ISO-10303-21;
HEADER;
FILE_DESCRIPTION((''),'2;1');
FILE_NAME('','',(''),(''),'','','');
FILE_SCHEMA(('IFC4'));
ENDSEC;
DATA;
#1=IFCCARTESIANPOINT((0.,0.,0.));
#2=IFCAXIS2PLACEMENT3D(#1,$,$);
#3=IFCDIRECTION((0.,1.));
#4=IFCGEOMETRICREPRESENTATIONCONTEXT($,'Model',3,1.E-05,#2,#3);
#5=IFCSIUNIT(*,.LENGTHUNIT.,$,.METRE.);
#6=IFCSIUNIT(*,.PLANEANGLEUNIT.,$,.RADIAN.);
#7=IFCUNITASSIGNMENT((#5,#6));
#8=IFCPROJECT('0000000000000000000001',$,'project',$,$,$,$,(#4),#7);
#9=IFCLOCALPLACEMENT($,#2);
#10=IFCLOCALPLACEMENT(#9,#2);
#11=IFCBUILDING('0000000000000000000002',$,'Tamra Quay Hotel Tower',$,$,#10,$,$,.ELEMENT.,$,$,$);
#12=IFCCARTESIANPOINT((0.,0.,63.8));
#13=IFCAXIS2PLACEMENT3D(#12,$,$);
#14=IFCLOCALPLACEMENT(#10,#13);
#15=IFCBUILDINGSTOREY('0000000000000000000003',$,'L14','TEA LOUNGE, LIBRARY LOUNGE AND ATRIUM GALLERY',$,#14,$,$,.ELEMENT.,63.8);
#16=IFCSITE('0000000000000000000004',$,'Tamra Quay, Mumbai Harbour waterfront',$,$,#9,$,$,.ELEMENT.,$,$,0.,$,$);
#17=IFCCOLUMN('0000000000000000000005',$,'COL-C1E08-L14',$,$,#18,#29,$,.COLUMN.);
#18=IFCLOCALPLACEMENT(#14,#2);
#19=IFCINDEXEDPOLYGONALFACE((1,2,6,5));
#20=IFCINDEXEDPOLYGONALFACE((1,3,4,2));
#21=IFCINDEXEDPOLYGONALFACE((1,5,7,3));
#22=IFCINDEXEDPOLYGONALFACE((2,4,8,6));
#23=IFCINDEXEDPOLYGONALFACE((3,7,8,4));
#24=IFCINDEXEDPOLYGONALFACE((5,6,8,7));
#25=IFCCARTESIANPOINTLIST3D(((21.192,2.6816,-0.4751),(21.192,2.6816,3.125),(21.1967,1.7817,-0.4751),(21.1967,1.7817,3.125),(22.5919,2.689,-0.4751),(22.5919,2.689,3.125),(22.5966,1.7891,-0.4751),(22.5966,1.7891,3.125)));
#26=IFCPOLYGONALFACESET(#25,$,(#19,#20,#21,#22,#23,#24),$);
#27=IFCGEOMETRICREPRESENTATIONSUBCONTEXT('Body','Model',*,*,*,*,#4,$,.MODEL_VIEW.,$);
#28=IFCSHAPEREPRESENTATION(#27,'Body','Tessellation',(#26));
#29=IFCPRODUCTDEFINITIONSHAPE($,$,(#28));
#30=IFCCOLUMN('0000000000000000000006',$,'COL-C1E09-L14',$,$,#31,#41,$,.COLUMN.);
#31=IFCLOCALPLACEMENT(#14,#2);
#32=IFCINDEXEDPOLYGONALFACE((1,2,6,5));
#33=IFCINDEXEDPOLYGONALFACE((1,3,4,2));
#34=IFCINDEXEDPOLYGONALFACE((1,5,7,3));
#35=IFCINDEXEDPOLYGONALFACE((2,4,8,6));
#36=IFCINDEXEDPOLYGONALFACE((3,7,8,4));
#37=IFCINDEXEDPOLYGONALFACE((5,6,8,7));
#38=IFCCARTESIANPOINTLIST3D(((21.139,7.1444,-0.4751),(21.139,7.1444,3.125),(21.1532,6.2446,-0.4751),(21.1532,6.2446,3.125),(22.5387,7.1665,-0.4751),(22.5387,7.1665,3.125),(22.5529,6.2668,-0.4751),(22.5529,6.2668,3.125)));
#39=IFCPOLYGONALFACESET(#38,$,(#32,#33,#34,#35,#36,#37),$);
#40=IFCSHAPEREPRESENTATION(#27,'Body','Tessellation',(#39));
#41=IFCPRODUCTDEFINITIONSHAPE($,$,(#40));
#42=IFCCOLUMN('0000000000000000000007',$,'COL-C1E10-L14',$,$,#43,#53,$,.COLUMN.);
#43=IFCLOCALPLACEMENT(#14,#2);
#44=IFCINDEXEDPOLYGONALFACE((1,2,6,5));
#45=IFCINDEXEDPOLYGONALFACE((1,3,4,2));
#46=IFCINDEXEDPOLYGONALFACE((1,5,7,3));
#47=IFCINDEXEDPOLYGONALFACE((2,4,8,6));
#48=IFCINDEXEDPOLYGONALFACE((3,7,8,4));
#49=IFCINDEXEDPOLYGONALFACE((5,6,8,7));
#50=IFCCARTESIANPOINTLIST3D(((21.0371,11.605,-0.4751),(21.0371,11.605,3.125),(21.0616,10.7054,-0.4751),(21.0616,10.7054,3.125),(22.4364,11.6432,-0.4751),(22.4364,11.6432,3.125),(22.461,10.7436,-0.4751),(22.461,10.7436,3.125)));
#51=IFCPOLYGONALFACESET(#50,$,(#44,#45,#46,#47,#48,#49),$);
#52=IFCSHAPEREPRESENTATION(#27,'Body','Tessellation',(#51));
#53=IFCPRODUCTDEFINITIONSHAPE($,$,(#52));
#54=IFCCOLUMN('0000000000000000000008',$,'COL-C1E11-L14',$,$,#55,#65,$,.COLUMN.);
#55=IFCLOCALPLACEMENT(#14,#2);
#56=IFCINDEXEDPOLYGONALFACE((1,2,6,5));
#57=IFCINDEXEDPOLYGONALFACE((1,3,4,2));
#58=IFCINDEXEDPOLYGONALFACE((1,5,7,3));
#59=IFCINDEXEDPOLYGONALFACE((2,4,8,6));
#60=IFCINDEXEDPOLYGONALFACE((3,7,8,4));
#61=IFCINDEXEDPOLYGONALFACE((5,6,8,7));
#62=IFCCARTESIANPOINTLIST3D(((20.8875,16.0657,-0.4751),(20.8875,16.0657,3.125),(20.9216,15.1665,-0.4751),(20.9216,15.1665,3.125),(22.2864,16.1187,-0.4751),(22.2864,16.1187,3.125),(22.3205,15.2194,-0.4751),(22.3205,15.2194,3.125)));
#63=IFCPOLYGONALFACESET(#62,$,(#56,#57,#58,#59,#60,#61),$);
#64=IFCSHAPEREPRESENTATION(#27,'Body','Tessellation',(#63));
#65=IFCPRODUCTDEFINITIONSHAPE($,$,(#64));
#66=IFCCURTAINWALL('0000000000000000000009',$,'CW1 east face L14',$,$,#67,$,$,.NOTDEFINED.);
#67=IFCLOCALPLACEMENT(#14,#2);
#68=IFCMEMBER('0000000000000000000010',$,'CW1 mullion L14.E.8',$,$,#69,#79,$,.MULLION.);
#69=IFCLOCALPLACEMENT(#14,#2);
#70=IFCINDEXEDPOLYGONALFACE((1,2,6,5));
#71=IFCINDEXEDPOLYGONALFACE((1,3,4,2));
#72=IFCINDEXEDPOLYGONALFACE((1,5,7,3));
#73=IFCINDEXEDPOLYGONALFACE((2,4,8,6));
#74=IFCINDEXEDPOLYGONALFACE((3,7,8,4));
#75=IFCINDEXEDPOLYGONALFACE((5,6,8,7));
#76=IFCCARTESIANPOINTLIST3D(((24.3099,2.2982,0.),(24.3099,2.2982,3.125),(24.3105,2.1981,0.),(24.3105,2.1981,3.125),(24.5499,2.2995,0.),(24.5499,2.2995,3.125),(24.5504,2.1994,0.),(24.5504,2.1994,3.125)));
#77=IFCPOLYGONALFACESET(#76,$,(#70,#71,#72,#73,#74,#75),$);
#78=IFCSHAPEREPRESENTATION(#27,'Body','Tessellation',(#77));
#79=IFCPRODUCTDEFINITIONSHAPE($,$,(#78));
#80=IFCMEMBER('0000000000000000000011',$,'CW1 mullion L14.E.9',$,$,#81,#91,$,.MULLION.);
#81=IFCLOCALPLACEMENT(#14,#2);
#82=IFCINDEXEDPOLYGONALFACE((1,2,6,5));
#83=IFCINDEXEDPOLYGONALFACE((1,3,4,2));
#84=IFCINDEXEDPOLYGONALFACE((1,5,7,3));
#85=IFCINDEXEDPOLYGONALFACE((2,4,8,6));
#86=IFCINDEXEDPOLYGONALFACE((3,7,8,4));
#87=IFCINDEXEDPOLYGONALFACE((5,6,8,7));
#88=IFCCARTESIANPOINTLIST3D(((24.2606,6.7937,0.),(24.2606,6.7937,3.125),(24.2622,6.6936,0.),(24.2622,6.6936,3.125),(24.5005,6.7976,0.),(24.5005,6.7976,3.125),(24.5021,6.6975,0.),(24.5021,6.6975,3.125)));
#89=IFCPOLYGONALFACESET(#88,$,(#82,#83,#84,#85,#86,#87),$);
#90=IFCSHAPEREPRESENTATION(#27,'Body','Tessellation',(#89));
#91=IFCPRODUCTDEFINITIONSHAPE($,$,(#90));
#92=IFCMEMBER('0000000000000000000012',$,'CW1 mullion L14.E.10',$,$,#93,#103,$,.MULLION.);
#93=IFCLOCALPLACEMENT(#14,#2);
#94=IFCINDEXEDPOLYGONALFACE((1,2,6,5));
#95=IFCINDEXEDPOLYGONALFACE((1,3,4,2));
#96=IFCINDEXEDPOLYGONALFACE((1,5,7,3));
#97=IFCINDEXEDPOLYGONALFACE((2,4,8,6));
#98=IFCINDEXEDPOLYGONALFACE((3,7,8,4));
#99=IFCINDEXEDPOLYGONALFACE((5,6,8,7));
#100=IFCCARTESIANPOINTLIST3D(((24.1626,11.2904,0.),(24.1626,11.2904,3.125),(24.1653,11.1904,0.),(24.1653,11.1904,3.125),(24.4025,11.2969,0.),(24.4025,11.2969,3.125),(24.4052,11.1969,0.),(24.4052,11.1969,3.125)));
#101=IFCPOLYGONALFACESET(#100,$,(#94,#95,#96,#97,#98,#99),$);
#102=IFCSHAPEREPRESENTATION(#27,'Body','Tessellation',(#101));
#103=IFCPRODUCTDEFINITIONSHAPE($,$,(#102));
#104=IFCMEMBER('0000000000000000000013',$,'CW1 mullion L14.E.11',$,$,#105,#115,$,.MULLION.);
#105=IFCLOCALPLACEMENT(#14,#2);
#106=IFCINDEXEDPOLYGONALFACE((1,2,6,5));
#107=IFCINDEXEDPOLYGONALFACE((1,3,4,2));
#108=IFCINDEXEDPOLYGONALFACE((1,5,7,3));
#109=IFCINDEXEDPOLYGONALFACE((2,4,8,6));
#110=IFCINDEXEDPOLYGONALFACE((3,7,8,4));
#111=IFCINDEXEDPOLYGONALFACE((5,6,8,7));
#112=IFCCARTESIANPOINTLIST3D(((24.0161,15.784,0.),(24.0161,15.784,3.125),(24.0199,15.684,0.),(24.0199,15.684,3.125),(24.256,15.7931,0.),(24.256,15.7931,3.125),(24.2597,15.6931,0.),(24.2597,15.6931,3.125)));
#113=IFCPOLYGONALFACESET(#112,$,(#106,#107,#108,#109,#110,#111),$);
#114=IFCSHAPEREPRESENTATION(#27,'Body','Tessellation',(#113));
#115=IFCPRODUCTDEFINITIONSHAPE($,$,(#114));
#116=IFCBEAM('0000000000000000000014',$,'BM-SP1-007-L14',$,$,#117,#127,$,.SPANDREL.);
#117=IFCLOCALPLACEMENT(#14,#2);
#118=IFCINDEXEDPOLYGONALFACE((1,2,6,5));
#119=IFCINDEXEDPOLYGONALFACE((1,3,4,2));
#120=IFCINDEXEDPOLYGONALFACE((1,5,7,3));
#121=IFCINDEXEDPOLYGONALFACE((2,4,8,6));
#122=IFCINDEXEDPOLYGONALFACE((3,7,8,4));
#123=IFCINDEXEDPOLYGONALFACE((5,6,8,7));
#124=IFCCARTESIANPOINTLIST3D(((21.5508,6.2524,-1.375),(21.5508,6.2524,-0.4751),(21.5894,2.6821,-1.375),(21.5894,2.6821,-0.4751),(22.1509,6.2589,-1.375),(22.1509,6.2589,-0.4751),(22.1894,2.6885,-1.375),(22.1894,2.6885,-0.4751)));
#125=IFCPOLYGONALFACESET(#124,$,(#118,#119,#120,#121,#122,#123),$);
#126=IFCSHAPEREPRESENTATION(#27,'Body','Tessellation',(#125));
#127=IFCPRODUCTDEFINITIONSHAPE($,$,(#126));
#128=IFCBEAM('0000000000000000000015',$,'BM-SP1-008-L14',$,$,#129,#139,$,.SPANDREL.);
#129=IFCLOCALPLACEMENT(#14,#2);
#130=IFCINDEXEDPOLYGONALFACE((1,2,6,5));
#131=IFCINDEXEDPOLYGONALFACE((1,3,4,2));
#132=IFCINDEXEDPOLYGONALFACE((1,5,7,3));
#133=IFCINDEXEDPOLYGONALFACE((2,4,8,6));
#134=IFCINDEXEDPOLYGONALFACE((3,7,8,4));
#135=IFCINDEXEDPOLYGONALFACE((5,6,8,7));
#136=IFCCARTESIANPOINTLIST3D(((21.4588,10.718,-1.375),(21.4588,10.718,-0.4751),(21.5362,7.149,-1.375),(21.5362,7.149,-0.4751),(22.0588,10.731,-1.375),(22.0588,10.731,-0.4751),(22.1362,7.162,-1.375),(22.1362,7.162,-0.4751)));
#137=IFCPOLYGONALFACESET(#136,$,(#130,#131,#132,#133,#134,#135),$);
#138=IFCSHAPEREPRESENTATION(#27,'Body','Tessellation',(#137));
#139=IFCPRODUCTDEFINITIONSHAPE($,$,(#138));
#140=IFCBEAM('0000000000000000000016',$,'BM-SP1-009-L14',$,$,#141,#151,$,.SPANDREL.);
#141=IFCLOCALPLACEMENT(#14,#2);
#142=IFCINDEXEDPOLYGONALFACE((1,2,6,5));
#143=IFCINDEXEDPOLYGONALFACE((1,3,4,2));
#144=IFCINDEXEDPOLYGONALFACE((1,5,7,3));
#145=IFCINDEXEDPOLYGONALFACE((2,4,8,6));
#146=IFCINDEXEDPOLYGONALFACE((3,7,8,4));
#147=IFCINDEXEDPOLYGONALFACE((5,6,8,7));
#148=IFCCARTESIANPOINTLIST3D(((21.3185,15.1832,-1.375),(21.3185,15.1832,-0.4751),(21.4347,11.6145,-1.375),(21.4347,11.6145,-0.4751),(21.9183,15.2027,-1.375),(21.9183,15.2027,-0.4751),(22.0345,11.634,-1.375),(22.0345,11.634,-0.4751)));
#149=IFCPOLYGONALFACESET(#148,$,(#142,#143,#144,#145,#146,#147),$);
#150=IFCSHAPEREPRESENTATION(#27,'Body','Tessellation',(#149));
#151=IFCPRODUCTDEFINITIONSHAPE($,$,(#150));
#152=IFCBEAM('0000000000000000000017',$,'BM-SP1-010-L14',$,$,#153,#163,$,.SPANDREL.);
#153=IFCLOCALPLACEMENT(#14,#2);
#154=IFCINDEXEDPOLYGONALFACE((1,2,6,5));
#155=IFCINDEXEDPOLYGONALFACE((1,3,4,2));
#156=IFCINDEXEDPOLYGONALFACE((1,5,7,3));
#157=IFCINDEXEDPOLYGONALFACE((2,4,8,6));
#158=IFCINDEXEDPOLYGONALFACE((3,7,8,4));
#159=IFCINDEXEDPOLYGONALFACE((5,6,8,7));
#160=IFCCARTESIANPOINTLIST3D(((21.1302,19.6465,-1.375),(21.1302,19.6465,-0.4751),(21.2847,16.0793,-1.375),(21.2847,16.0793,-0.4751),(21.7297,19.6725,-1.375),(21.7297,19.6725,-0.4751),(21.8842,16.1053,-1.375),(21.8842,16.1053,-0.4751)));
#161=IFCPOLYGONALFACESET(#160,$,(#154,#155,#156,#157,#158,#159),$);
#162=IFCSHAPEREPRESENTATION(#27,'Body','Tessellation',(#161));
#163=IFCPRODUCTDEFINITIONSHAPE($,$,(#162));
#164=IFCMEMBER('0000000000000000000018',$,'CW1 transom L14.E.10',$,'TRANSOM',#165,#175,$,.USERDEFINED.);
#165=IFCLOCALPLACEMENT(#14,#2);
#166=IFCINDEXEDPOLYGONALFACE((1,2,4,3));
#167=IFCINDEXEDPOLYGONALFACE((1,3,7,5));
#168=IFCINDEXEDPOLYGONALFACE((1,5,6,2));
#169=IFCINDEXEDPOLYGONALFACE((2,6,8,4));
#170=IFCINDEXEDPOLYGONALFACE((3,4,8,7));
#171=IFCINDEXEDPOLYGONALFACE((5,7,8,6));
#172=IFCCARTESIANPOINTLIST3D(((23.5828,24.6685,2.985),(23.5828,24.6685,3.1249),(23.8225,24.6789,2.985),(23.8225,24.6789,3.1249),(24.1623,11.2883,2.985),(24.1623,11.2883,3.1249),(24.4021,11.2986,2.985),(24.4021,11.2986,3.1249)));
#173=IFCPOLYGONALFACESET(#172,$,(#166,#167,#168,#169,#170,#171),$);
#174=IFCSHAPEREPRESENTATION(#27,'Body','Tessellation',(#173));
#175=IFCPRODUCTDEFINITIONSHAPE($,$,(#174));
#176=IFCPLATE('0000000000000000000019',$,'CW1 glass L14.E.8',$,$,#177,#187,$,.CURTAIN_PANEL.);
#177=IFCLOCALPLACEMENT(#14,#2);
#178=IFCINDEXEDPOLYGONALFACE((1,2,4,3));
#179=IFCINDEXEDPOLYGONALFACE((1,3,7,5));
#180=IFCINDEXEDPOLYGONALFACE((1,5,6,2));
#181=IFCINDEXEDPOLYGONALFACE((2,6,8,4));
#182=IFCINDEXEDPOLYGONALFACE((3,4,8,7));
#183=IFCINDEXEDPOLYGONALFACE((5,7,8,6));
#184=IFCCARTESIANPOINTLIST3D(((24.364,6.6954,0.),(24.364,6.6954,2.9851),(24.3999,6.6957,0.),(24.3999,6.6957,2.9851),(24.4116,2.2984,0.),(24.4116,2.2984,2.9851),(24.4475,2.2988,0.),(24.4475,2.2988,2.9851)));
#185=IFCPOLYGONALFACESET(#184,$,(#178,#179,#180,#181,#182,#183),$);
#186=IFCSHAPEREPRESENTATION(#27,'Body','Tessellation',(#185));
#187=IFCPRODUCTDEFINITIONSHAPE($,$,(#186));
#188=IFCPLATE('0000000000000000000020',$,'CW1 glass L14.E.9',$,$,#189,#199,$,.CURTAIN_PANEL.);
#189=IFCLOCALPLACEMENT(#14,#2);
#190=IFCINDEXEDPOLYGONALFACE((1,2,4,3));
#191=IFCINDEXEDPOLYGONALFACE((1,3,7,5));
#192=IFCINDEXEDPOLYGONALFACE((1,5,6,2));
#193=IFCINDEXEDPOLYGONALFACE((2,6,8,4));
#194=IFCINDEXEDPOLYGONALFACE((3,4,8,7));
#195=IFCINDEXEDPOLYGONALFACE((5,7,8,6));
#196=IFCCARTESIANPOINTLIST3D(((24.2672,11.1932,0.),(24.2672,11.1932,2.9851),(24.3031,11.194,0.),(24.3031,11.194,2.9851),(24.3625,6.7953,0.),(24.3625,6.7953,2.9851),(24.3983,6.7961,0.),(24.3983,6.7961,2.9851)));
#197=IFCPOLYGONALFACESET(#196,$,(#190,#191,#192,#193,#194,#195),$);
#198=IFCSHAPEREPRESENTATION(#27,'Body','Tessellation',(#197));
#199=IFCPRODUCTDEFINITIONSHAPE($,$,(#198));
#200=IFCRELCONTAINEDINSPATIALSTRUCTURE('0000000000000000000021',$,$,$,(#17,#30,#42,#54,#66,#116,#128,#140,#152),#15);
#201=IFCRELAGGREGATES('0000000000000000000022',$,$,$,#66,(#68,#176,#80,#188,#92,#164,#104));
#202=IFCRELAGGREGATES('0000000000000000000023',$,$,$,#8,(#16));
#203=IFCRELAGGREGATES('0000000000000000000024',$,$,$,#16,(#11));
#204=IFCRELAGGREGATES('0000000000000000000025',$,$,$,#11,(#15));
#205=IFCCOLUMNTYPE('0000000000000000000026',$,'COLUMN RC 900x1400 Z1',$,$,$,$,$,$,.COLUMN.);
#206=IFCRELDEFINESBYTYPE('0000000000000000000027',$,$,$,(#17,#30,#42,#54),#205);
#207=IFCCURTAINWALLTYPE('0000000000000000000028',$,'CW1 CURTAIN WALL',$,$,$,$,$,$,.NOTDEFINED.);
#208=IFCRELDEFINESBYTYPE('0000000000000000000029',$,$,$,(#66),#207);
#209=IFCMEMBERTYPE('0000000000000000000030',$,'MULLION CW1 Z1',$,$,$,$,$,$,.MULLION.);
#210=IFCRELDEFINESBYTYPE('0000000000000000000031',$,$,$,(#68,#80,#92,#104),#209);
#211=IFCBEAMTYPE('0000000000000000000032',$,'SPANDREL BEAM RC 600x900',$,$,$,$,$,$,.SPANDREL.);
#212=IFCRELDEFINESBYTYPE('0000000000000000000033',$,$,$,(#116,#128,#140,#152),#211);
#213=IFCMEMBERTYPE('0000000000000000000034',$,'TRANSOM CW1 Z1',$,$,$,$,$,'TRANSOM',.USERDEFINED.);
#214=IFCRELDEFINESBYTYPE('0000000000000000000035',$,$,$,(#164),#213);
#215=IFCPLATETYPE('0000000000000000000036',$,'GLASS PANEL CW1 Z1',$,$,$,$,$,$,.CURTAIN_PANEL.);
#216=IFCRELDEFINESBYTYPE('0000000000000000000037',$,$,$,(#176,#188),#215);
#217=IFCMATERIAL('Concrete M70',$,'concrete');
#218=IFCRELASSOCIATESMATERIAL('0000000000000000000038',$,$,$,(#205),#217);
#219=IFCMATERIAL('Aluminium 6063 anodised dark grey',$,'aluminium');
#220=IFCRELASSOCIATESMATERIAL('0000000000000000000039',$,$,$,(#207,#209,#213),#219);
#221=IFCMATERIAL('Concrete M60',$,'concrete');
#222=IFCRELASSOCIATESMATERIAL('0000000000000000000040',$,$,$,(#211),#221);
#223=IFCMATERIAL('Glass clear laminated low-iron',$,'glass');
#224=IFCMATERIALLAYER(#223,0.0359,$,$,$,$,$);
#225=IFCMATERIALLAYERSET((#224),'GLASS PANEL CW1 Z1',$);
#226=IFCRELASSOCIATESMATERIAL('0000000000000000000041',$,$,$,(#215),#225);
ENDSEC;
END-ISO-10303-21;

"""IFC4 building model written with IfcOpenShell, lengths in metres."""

from ifc_helpers import new_model, si_unit, direction, frame, origin, origin_2d, place, context, subcontext, project, spatial, rectangle, extrude, material, layer, layer_set, material_profile, profile_set, type_object, element, aggregate, save


model = new_model("IFC4")

# Units and contexts
model_context = context("Model", 3, precision=1e-05, world=origin(), true_north=direction((0.0, 1.0)))
body_context = subcontext(model_context, "Body", "Model", "MODEL_VIEW")
ifc_project = project(units=[si_unit("LENGTHUNIT", "METRE"), si_unit("PLANEANGLEUNIT", "RADIAN")], contexts=[model_context])

# Site, building, storey
site_placement = place(None, origin())
site = spatial("IfcSite", under=ifc_project, at=site_placement, Name="Tamra Quay, Mumbai Harbour waterfront", CompositionType="ELEMENT", RefElevation=0.0)
building_placement = place(site_placement, origin())
building = spatial("IfcBuilding", under=site, at=building_placement, Name="Tamra Quay Hotel Tower", CompositionType="ELEMENT")
storey_placement = place(building_placement, frame((0.0, 0.0, 63.8)))
storey = spatial("IfcBuildingStorey", under=building, at=storey_placement, Name="L14", Description="TEA LOUNGE, LIBRARY LOUNGE AND ATRIUM GALLERY", CompositionType="ELEMENT", Elevation=63.8)

# Columns
ifc_material_1 = material(Name="Concrete M70", Category="concrete")
ifc_material_profile_1 = material_profile(ifc_material_1, rectangle(XDim=1.3999, YDim=0.8999, at=origin_2d()), Name="COLUMN RC 900x1400 Z1")
ifc_profile_set_1 = profile_set([ifc_material_profile_1], Name="Concrete M70")
column_type = type_object("IfcColumnType", Name="COLUMN RC 900x1400 Z1", PredefinedType="COLUMN", material=ifc_profile_set_1)
for number, where, z_axis, x_axis, name in (
    (1, (21.8943, 2.2354, -0.4751), (0.0, 0.0, 1.0), (0.999986, 0.00528, 0.0), "COL-C1E08-L14"),
    (2, (21.8459, 6.7056, -0.4751), (0.0, 0.0, 1.0), (0.999875, 0.015838, 0.0), "COL-C1E09-L14"),
    (3, (21.749, 11.1743, -0.4751), (0.0, 0.0, 1.0), (0.999628, 0.027269, 0.0), "COL-C1E10-L14"),
    (4, (21.604, 15.6426, -0.4751), (0.0, 0.0, 1.0), (0.999285, 0.037812, 0.0), "COL-C1E11-L14"),
):
    element("IfcColumn", number, at=place(storey_placement, frame(where, z_axis=z_axis, x_axis=x_axis)), inside=storey, type_object=column_type, Name=name, PredefinedType="COLUMN", context=body_context, shape_type="SweptSolid", body=[
        extrude(rectangle(XDim=1.3999, YDim=0.8999, at=origin_2d()), origin(), (0.0, 0.0, 1.0), 3.6001),
    ])

# Curtain wall, members
ifc_material_2 = material(Name="Aluminium 6063 anodised dark grey", Category="aluminium")
curtain_wall_type = type_object("IfcCurtainWallType", Name="CW1 CURTAIN WALL", PredefinedType="NOTDEFINED", material=ifc_material_2)
curtain_wall_placement = place(storey_placement, origin())
curtain_wall = element("IfcCurtainWall", 5, at=curtain_wall_placement, inside=storey, type_object=curtain_wall_type, Name="CW1 east face L14", PredefinedType="NOTDEFINED")
ifc_material_profile_2 = material_profile(ifc_material_2, rectangle(XDim=0.24, YDim=0.1001, at=origin_2d()), Name="MULLION 100X240")
ifc_profile_set_2 = profile_set([ifc_material_profile_2], Name="Aluminium 6063 anodised dark grey")
member_type_1 = type_object("IfcMemberType", Name="MULLION CW1 Z1", PredefinedType="MULLION", material=ifc_profile_set_2)
member_1_placement = place(storey_placement, frame((24.4302, 2.2488, 0.0), z_axis=(0.0, 0.0, 1.0), x_axis=(0.999985, 0.005418, 0.0)))
member_1 = element("IfcMember", 6, at=member_1_placement, type_object=member_type_1, Name="CW1 mullion L14.E.8", PredefinedType="MULLION", context=body_context, shape_type="SweptSolid", body=[
    extrude(rectangle(XDim=0.24, YDim=0.1001, at=origin_2d()), origin(), (0.0, 0.0, 1.0), 3.125),
])
member_2_placement = place(storey_placement, frame((24.3813, 6.7456, 0.0), z_axis=(0.0, 0.0, 1.0), x_axis=(0.999868, 0.016247, 0.0)))
member_2 = element("IfcMember", 7, at=member_2_placement, type_object=member_type_1, Name="CW1 mullion L14.E.9", PredefinedType="MULLION", context=body_context, shape_type="SweptSolid", body=[
    extrude(rectangle(XDim=0.24, YDim=0.1001, at=origin_2d()), origin(), (0.0, 0.0, 1.0), 3.125),
])
member_3_placement = place(storey_placement, frame((24.2839, 11.2437, 0.0), z_axis=(0.0, 0.0, 1.0), x_axis=(0.999634, 0.027067, 0.0)))
member_3 = element("IfcMember", 8, at=member_3_placement, type_object=member_type_1, Name="CW1 mullion L14.E.10", PredefinedType="MULLION", context=body_context, shape_type="SweptSolid", body=[
    extrude(rectangle(XDim=0.24, YDim=0.1001, at=origin_2d()), origin(), (0.0, 0.0, 1.0), 3.125),
])
member_4_placement = place(storey_placement, frame((24.1379, 15.7385, 0.0), z_axis=(0.0, 0.0, 1.0), x_axis=(0.999282, 0.037881, 0.0)))
member_4 = element("IfcMember", 9, at=member_4_placement, type_object=member_type_1, Name="CW1 mullion L14.E.11", PredefinedType="MULLION", context=body_context, shape_type="SweptSolid", body=[
    extrude(rectangle(XDim=0.24, YDim=0.1001, at=origin_2d()), origin(), (0.0, 0.0, 1.0), 3.125),
])

# Beams
ifc_material_3 = material(Name="Concrete M60", Category="concrete")
ifc_material_profile_3 = material_profile(ifc_material_3, rectangle(XDim=0.6001, YDim=0.8999, at=origin_2d()), Name="SPANDREL BEAM RC 600x900")
ifc_profile_set_3 = profile_set([ifc_material_profile_3], Name="Concrete M60")
beam_type = type_object("IfcBeamType", Name="SPANDREL BEAM RC 600x900", PredefinedType="SPANDREL", material=ifc_profile_set_3)
beam_1_placement = place(storey_placement, frame((21.8894, 2.6853, -0.925), z_axis=(-0.010804, 0.999942, 0.0), x_axis=(-0.999942, -0.010804, 0.0)))
element("IfcBeam", 10, at=beam_1_placement, inside=storey, type_object=beam_type, Name="BM-SP1-007-L14", PredefinedType="SPANDREL", context=body_context, shape_type="SweptSolid", body=[
    extrude(rectangle(XDim=0.6001, YDim=0.8999, at=origin_2d()), origin(), (0.0, 0.0, 1.0), 3.5706),
])
beam_2_placement = place(storey_placement, frame((21.8362, 7.1555, -0.925), z_axis=(-0.021679, 0.999765, 0.0), x_axis=(-0.999765, -0.021679, 0.0)))
element("IfcBeam", 11, at=beam_2_placement, inside=storey, type_object=beam_type, Name="BM-SP1-008-L14", PredefinedType="SPANDREL", context=body_context, shape_type="SweptSolid", body=[
    extrude(rectangle(XDim=0.6001, YDim=0.8999, at=origin_2d()), origin(), (0.0, 0.0, 1.0), 3.5698),
])
for number, where, z_axis, x_axis, name in (
    (12, (21.7346, 11.6243, -0.925), (-0.032548, 0.99947, 0.0), (-0.99947, -0.032548, 0.0), "BM-SP1-009-L14"),
    (13, (21.5845, 16.0923, -0.925), (-0.043283, 0.999063, 0.0), (-0.999063, -0.043283, 0.0), "BM-SP1-010-L14"),
):
    element("IfcBeam", number, at=place(storey_placement, frame(where, z_axis=z_axis, x_axis=x_axis)), inside=storey, type_object=beam_type, Name=name, PredefinedType="SPANDREL", context=body_context, shape_type="SweptSolid", body=[
        extrude(rectangle(XDim=0.6001, YDim=0.8999, at=origin_2d()), origin(), (0.0, 0.0, 1.0), 3.5706),
    ])

# Member
ifc_material_profile_4 = material_profile(ifc_material_2, rectangle(XDim=0.24, YDim=0.1399, at=origin_2d()), Name="TRANSOM 240X140")
ifc_profile_set_4 = profile_set([ifc_material_profile_4], Name="Aluminium 6063 anodised dark grey")
member_type_2 = type_object("IfcMemberType", Name="TRANSOM CW1 Z1", ElementType="TRANSOM", PredefinedType="USERDEFINED", material=ifc_profile_set_4)
member_5_placement = place(storey_placement, frame((24.2822, 11.2935, 3.0549), z_axis=(-0.043276, 0.999063, 0.0), x_axis=(-0.999063, -0.043276, 0.0)))
member_5 = element("IfcMember", 14, at=member_5_placement, type_object=member_type_2, Name="CW1 transom L14.E.10", ObjectType="TRANSOM", PredefinedType="USERDEFINED", context=body_context, shape_type="SweptSolid", body=[
    extrude(rectangle(XDim=0.24, YDim=0.1399, at=origin_2d()), origin(), (0.0, 0.0, 1.0), 13.3928),
])

# Plates
ifc_material_4 = material(Name="Glass clear laminated low-iron", Category="glass")
ifc_layer_1 = layer(ifc_material_4, 0.0359)
ifc_layer_set_1 = layer_set([ifc_layer_1], Name="GLASS PANEL CW1 Z1")
plate_type = type_object("IfcPlateType", Name="GLASS PANEL CW1 Z1", PredefinedType="CURTAIN_PANEL", material=ifc_layer_set_1)
plate_1_placement = place(storey_placement, frame((24.4058, 4.4971, 0.0), z_axis=(0.0, 0.0, 1.0), x_axis=(-0.010836, 0.999941, 0.0)))
plate_1 = element("IfcPlate", 15, at=plate_1_placement, type_object=plate_type, Name="CW1 glass L14.E.8", PredefinedType="CURTAIN_PANEL", context=body_context, shape_type="SweptSolid", body=[
    extrude(rectangle(XDim=4.3972, YDim=0.0359, at=origin_2d()), origin(), (0.0, 0.0, 1.0), 2.9851),
])
plate_2_placement = place(storey_placement, frame((24.3328, 8.9946, 0.0), z_axis=(0.0, 0.0, 1.0), x_axis=(-0.021657, 0.999765, 0.0)))
plate_2 = element("IfcPlate", 16, at=plate_2_placement, type_object=plate_type, Name="CW1 glass L14.E.9", PredefinedType="CURTAIN_PANEL", context=body_context, shape_type="SweptSolid", body=[
    extrude(rectangle(XDim=4.3989, YDim=0.0359, at=origin_2d()), origin(), (0.0, 0.0, 1.0), 2.9851),
])
aggregate(curtain_wall, [member_1, plate_1, member_2, plate_2, member_3, member_5, member_4])

save(model, "model.ifc")
